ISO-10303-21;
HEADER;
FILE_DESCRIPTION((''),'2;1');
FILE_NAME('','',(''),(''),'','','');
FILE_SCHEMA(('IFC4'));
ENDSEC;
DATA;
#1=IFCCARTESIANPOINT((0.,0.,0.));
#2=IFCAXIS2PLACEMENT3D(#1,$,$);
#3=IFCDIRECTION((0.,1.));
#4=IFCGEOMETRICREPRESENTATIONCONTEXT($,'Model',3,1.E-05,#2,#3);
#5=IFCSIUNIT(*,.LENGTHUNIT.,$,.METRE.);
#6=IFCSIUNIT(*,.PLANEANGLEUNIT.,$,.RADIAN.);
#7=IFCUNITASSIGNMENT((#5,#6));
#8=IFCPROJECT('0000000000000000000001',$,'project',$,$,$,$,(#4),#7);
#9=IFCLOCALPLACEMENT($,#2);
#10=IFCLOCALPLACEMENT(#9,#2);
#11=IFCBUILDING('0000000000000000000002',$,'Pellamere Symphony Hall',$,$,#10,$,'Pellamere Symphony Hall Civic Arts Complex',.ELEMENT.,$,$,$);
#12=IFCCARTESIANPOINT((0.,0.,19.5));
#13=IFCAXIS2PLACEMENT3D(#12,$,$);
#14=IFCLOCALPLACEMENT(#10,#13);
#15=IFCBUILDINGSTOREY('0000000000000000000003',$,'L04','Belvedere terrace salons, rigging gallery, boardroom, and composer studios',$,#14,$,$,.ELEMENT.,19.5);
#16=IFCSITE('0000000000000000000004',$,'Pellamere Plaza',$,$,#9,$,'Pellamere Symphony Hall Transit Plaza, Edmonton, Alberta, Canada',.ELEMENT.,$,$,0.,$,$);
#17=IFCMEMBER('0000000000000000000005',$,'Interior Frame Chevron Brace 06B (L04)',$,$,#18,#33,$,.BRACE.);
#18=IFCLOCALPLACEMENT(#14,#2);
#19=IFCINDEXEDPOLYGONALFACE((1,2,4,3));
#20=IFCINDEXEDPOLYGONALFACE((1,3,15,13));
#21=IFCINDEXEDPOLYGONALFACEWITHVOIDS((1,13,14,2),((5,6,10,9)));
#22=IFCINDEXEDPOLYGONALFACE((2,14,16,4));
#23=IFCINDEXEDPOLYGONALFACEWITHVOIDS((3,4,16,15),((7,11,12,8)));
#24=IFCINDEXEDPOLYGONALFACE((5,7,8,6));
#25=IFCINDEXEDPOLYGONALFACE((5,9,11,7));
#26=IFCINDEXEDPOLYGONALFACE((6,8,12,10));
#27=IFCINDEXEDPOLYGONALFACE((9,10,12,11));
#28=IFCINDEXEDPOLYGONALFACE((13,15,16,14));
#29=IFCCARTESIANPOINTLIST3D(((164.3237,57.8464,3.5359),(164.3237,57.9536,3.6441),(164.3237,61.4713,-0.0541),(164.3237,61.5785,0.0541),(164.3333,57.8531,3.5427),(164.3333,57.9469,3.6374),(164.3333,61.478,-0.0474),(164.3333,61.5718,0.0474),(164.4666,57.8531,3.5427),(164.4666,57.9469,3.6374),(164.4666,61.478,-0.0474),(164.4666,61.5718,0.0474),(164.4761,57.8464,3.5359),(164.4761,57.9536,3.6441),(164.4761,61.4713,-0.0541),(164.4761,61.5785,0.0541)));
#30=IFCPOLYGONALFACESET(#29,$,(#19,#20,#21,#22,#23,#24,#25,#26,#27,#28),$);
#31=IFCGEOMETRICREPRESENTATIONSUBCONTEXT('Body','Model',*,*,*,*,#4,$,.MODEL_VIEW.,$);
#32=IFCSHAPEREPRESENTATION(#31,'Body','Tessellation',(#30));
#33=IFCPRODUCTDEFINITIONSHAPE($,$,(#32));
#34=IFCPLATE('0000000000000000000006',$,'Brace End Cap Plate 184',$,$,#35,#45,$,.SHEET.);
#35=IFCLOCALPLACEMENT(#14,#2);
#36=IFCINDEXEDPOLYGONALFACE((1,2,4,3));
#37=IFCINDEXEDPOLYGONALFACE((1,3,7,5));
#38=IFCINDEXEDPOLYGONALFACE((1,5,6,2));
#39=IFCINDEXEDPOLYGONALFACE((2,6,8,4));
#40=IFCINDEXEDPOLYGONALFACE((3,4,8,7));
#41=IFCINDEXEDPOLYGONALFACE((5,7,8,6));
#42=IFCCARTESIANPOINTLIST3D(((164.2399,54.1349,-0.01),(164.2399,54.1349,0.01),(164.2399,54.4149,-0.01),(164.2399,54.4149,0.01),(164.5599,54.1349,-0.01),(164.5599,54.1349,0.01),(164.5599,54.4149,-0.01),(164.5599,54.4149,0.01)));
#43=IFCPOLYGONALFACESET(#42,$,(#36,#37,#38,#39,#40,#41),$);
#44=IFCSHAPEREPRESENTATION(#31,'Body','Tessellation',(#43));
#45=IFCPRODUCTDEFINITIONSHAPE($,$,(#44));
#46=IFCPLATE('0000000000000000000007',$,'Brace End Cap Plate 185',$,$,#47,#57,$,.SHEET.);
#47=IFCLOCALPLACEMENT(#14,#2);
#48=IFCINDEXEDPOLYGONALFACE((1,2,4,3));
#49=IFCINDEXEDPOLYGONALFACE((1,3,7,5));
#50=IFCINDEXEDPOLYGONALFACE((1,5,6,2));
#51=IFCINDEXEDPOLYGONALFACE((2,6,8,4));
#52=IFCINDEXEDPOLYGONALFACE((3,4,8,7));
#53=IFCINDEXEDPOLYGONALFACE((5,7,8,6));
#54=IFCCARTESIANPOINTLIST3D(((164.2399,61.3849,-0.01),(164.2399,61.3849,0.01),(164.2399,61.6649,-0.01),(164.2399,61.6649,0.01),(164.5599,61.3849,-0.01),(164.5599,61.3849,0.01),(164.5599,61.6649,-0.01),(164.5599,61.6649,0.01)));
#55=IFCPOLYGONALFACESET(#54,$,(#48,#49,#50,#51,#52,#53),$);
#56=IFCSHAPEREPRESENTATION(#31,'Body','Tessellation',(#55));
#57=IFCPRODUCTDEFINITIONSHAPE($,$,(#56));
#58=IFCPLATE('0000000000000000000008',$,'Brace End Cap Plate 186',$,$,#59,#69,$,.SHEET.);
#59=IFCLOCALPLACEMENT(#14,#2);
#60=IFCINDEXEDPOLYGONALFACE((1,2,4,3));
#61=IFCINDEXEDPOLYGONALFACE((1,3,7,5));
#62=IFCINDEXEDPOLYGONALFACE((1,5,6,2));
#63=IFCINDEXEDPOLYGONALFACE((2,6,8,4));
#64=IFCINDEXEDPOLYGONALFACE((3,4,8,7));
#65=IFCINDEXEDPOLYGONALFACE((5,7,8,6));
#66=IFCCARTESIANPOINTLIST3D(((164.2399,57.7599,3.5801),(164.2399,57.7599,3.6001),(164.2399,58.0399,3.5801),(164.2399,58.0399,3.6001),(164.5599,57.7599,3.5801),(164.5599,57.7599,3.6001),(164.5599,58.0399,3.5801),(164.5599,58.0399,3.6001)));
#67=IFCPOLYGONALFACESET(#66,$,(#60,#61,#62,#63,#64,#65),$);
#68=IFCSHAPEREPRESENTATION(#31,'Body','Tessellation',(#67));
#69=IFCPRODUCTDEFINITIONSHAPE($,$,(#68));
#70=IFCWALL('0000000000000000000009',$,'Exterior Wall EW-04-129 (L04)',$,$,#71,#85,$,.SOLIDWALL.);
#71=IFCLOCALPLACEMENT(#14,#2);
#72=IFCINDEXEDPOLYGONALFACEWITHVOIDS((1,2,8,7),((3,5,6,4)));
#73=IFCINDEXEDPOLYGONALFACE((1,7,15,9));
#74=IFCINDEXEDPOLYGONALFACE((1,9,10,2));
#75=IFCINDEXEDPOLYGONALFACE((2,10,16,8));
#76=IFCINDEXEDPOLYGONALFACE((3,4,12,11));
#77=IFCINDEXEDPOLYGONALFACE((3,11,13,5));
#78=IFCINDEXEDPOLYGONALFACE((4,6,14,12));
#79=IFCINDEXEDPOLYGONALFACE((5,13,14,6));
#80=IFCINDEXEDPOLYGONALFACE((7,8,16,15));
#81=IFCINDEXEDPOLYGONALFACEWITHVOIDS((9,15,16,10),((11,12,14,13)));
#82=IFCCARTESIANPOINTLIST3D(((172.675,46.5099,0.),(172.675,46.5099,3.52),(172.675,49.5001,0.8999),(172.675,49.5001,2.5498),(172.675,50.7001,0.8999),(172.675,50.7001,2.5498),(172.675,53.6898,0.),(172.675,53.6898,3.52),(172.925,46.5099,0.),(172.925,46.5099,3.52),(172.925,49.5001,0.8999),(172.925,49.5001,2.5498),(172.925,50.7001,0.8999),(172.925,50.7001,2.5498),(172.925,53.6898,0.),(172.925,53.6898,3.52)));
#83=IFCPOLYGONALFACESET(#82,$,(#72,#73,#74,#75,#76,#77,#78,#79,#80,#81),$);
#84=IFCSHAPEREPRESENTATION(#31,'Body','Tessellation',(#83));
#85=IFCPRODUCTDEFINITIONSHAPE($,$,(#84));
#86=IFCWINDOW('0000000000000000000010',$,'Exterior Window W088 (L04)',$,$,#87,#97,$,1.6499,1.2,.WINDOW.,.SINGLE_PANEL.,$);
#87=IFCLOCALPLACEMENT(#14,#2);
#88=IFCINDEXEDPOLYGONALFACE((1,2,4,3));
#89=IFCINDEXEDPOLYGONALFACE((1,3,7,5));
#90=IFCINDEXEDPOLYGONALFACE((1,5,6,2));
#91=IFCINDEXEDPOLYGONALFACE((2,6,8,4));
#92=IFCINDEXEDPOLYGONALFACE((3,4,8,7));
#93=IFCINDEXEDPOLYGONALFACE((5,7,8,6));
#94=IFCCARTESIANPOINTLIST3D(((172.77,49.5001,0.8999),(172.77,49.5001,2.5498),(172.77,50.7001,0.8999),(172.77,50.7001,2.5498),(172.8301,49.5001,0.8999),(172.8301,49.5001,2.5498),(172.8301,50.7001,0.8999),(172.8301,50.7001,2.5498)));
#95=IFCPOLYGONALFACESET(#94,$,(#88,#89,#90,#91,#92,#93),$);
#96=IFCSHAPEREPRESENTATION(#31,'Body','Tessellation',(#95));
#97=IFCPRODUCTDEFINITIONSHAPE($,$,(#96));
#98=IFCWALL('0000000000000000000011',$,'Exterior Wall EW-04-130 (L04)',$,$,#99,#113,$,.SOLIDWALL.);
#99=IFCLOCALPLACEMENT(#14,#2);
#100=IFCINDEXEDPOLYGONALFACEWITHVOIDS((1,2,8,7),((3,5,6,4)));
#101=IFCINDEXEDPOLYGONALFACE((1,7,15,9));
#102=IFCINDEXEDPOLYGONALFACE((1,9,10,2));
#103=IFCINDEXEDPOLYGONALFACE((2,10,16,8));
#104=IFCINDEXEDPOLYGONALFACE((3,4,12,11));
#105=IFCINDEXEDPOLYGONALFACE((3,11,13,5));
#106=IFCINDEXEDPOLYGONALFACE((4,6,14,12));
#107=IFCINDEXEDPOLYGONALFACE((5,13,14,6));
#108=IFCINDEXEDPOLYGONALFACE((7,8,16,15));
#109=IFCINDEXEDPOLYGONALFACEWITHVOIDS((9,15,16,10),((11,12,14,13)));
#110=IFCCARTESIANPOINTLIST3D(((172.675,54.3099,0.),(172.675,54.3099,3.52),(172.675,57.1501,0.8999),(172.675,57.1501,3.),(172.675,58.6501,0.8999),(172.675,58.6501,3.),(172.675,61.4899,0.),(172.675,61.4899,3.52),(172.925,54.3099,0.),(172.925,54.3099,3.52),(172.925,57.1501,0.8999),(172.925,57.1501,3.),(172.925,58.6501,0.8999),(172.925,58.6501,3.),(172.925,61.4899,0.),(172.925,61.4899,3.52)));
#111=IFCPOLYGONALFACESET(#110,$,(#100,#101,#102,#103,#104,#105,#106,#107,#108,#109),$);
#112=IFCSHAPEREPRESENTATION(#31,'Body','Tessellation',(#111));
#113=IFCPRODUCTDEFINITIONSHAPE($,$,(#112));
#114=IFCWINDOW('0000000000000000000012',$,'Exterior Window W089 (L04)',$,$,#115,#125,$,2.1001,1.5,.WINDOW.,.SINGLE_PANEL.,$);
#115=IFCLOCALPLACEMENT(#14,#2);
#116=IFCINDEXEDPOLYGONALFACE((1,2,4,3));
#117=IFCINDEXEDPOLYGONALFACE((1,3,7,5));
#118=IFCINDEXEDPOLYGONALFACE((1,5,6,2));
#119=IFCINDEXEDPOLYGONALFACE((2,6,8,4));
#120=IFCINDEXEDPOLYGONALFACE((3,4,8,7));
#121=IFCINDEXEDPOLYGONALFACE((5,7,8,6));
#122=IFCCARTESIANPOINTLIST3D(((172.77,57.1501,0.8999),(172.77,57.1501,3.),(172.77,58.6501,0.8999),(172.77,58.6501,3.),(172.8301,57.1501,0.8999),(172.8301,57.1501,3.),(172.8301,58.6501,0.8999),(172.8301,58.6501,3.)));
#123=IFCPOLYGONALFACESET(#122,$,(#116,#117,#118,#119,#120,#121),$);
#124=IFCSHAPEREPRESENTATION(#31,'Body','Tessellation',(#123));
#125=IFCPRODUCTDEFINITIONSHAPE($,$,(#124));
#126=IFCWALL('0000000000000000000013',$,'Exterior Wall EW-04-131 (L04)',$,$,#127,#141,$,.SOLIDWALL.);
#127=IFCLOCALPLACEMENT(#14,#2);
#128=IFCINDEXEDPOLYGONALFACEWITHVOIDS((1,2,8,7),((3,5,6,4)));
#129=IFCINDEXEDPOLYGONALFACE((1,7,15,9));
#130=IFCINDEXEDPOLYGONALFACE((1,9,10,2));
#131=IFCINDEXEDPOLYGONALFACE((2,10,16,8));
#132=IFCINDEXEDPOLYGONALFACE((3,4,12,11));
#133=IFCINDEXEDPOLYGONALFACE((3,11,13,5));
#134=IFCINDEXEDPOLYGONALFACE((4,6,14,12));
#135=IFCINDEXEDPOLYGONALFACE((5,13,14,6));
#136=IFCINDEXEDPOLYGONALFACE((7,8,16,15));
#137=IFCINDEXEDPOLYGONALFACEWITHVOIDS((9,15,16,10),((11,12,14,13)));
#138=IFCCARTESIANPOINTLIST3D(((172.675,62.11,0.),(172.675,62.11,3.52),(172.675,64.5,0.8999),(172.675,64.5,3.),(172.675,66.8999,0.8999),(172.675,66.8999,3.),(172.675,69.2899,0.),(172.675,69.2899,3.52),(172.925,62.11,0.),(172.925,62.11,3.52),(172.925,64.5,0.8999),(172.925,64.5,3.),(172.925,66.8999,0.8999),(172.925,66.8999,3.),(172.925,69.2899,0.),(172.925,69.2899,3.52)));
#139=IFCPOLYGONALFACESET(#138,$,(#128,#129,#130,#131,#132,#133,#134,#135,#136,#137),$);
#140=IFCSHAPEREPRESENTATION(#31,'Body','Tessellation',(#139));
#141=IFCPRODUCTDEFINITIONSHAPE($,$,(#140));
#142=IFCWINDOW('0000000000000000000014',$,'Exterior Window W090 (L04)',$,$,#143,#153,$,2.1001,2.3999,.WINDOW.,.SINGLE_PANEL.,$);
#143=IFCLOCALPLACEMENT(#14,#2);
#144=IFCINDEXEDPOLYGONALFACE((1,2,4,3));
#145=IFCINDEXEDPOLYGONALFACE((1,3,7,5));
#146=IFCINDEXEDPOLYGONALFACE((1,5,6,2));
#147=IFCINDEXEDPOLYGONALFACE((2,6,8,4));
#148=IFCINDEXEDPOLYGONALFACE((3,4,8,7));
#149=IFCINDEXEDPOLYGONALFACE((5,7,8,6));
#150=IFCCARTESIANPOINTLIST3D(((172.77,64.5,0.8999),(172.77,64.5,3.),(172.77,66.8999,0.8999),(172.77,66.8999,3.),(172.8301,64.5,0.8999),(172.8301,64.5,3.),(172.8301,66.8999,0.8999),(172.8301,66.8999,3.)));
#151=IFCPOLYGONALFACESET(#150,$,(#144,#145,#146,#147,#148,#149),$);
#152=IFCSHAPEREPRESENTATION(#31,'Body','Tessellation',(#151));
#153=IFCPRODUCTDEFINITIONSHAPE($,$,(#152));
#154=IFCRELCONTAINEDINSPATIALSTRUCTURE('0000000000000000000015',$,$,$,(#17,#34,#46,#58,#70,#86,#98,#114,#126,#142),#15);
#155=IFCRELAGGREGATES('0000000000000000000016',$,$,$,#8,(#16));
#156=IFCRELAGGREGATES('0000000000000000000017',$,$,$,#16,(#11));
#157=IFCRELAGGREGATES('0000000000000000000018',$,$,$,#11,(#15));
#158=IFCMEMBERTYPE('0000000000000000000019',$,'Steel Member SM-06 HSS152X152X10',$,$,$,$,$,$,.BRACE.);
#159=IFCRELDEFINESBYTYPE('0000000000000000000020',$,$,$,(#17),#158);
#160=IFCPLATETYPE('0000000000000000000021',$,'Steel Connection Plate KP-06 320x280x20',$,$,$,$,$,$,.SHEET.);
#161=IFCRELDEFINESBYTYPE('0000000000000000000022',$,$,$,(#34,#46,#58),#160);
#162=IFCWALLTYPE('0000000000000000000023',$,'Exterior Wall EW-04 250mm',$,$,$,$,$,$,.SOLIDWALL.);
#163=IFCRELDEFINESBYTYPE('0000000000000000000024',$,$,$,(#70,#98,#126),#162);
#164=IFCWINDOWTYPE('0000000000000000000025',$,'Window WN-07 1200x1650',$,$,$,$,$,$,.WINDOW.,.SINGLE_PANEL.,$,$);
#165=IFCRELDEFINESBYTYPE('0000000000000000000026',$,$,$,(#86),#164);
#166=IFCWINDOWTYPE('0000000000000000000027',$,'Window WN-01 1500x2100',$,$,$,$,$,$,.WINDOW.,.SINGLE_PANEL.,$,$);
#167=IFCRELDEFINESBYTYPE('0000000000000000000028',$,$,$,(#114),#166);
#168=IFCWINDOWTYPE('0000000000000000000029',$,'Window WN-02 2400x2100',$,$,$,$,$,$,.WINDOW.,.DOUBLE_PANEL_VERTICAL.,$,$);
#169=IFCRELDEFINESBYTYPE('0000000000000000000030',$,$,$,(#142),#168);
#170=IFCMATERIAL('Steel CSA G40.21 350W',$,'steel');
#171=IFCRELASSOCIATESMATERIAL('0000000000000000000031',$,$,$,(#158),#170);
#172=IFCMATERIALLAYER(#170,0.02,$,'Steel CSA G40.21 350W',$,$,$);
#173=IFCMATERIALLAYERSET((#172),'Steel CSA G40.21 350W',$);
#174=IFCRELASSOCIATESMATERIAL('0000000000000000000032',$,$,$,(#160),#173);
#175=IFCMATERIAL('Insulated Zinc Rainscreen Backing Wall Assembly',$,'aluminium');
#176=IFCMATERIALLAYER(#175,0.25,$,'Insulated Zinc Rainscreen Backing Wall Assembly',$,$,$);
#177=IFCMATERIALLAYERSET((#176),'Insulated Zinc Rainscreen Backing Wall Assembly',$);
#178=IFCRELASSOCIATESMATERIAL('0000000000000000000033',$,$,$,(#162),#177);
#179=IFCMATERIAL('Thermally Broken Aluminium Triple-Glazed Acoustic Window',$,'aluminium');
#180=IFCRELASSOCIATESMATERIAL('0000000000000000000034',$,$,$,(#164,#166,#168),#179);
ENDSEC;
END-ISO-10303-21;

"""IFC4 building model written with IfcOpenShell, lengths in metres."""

from ifc_helpers import new_model, si_unit, direction, frame, frame_2d, origin, origin_2d, place, context, subcontext, project, spatial, rectangle, hollow_rectangle, extrude, material, layer, layer_set, material_profile, profile_set, type_object, element, fill, save


model = new_model("IFC4")

# Units and contexts
model_context = context("Model", 3, precision=1e-05, world=origin(), true_north=direction((0.0, 1.0)))
body_context = subcontext(model_context, "Body", "Model", "MODEL_VIEW")
ifc_project = project(units=[si_unit("LENGTHUNIT", "METRE"), si_unit("PLANEANGLEUNIT", "RADIAN")], contexts=[model_context])

# Site, building, storey
site_placement = place(None, origin())
site = spatial("IfcSite", under=ifc_project, at=site_placement, Name="Pellamere Plaza", LongName="Pellamere Symphony Hall Transit Plaza, Edmonton, Alberta, Canada", CompositionType="ELEMENT", RefElevation=0.0)
building_placement = place(site_placement, origin())
building = spatial("IfcBuilding", under=site, at=building_placement, Name="Pellamere Symphony Hall", LongName="Pellamere Symphony Hall Civic Arts Complex", CompositionType="ELEMENT")
storey_placement = place(building_placement, frame((0.0, 0.0, 19.5)))
storey = spatial("IfcBuildingStorey", under=building, at=storey_placement, Name="L04", Description="Belvedere terrace salons, rigging gallery, boardroom, and composer studios", CompositionType="ELEMENT", Elevation=19.5)

# Shared definitions
ifc_material_1 = material(Name="Steel CSA G40.21 350W", Category="steel")

# Member
ifc_material_profile_1 = material_profile(ifc_material_1, hollow_rectangle(XDim=0.1523, YDim=0.1523, WallThickness=0.0095, at=origin_2d()), Name="HSS152X152X10")
ifc_profile_set_1 = profile_set([ifc_material_profile_1], Name="Steel CSA G40.21 350W")
member_type = type_object("IfcMemberType", Name="Steel Member SM-06 HSS152X152X10", PredefinedType="BRACE", material=ifc_profile_set_1)
for number, where, z_axis, x_axis, name in (
    (1, (164.3999, 61.5249, 0.0), (0.0, -0.71052, 0.703677), (1.0, 0.0, 0.0), "Interior Frame Chevron Brace 06B (L04)"),
):
    element("IfcMember", number, at=place(storey_placement, frame(where, z_axis=z_axis, x_axis=x_axis)), inside=storey, type_object=member_type, Name=name, PredefinedType="BRACE", context=body_context, shape_type="SweptSolid", body=[
        extrude(hollow_rectangle(XDim=0.1523, YDim=0.1523, WallThickness=0.0095, at=origin_2d()), origin(), (0.0, 0.0, 1.0), 5.1018),
    ])

# Plates
ifc_layer_1 = layer(ifc_material_1, 0.02, Name="Steel CSA G40.21 350W")
ifc_layer_set_1 = layer_set([ifc_layer_1], Name="Steel CSA G40.21 350W")
plate_type = type_object("IfcPlateType", Name="Steel Connection Plate KP-06 320x280x20", PredefinedType="SHEET", material=ifc_layer_set_1)
for number, where, z_axis, x_axis, name in (
    (2, (164.3999, 54.2749, -0.01), (0.0, 0.0, 1.0), (1.0, 0.0, 0.0), "Brace End Cap Plate 184"),
    (3, (164.3999, 61.5249, -0.01), (0.0, 0.0, 1.0), (1.0, 0.0, 0.0), "Brace End Cap Plate 185"),
    (4, (164.3999, 57.8999, 3.5801), (0.0, 0.0, 1.0), (1.0, 0.0, 0.0), "Brace End Cap Plate 186"),
):
    element("IfcPlate", number, at=place(storey_placement, frame(where, z_axis=z_axis, x_axis=x_axis)), inside=storey, type_object=plate_type, Name=name, PredefinedType="SHEET", context=body_context, shape_type="SweptSolid", body=[
        extrude(rectangle(XDim=0.3201, YDim=0.28, at=origin_2d()), origin(), (0.0, 0.0, 1.0), 0.02),
    ])

# Walls, openings, windows
ifc_material_2 = material(Name="Insulated Zinc Rainscreen Backing Wall Assembly", Category="aluminium")
ifc_layer_2 = layer(ifc_material_2, 0.25, Name="Insulated Zinc Rainscreen Backing Wall Assembly")
ifc_layer_set_2 = layer_set([ifc_layer_2], Name="Insulated Zinc Rainscreen Backing Wall Assembly")
wall_type = type_object("IfcWallType", Name="Exterior Wall EW-04 250mm", PredefinedType="SOLIDWALL", material=ifc_layer_set_2)
wall_1_placement = place(storey_placement, frame((172.8, 46.51, 0.0), z_axis=(0.0, 0.0, 1.0), x_axis=(0.0, 1.0, 0.0)))
wall_1 = element("IfcWall", 5, at=wall_1_placement, inside=storey, type_object=wall_type, Name="Exterior Wall EW-04-129 (L04)", PredefinedType="SOLIDWALL", context=body_context, shape_type="SweptSolid", body=[
    extrude(rectangle(XDim=7.1799, YDim=0.25, at=frame_2d((3.5898, 0.0))), origin(), (0.0, 0.0, 1.0), 3.52),
])
opening_1_placement = place(wall_1_placement, frame((2.99, 0.0, 0.8999)))
opening_1 = element("IfcOpeningElement", 6, at=opening_1_placement, cuts=wall_1, PredefinedType="OPENING", context=body_context, shape_type="SweptSolid", body=[
    extrude(rectangle(XDim=1.2, YDim=1.6499, at=frame_2d((0.6001, 0.825))), frame((0.0, 0.135, 0.0), z_axis=(0.0, -1.0, 0.0), x_axis=(1.0, 0.0, 0.0)), (0.0, 0.0, 1.0), 0.27),
])
ifc_material_3 = material(Name="Thermally Broken Aluminium Triple-Glazed Acoustic Window", Category="aluminium")
window_type_1 = type_object("IfcWindowType", Name="Window WN-07 1200x1650", PartitioningType="SINGLE_PANEL", PredefinedType="WINDOW", material=ifc_material_3)
window_1_placement = place(opening_1_placement, origin())
window_1 = element("IfcWindow", 7, at=window_1_placement, inside=storey, type_object=window_type_1, Name="Exterior Window W088 (L04)", OverallHeight=1.6499, OverallWidth=1.2, PartitioningType="SINGLE_PANEL", PredefinedType="WINDOW", context=body_context, shape_type="SweptSolid", body=[
    extrude(rectangle(XDim=1.2, YDim=1.6499, at=frame_2d((0.6001, 0.825))), frame((0.0, 0.03, 0.0), z_axis=(0.0, -1.0, 0.0), x_axis=(1.0, 0.0, 0.0)), (0.0, 0.0, 1.0), 0.0601),
])
fill(opening_1, window_1)
wall_2_placement = place(storey_placement, frame((172.8, 54.3101, 0.0), z_axis=(0.0, 0.0, 1.0), x_axis=(0.0, 1.0, 0.0)))
wall_2 = element("IfcWall", 8, at=wall_2_placement, inside=storey, type_object=wall_type, Name="Exterior Wall EW-04-130 (L04)", PredefinedType="SOLIDWALL", context=body_context, shape_type="SweptSolid", body=[
    extrude(rectangle(XDim=7.1799, YDim=0.25, at=frame_2d((3.5898, 0.0))), origin(), (0.0, 0.0, 1.0), 3.52),
])
opening_2_placement = place(wall_2_placement, frame((2.8401, 0.0, 0.8999)))
opening_2 = element("IfcOpeningElement", 9, at=opening_2_placement, cuts=wall_2, PredefinedType="OPENING", context=body_context, shape_type="SweptSolid", body=[
    extrude(rectangle(XDim=1.5, YDim=2.1001, at=frame_2d((0.75, 1.05))), frame((0.0, 0.135, 0.0), z_axis=(0.0, -1.0, 0.0), x_axis=(1.0, 0.0, 0.0)), (0.0, 0.0, 1.0), 0.27),
])
window_type_2 = type_object("IfcWindowType", Name="Window WN-01 1500x2100", PartitioningType="SINGLE_PANEL", PredefinedType="WINDOW", material=ifc_material_3)
window_2_placement = place(opening_2_placement, origin())
window_2 = element("IfcWindow", 10, at=window_2_placement, inside=storey, type_object=window_type_2, Name="Exterior Window W089 (L04)", OverallHeight=2.1001, OverallWidth=1.5, PartitioningType="SINGLE_PANEL", PredefinedType="WINDOW", context=body_context, shape_type="SweptSolid", body=[
    extrude(rectangle(XDim=1.5, YDim=2.1001, at=frame_2d((0.75, 1.05))), frame((0.0, 0.03, 0.0), z_axis=(0.0, -1.0, 0.0), x_axis=(1.0, 0.0, 0.0)), (0.0, 0.0, 1.0), 0.0601),
])
fill(opening_2, window_2)
wall_3_placement = place(storey_placement, frame((172.8, 62.1101, 0.0), z_axis=(0.0, 0.0, 1.0), x_axis=(0.0, 1.0, 0.0)))
wall_3 = element("IfcWall", 11, at=wall_3_placement, inside=storey, type_object=wall_type, Name="Exterior Wall EW-04-131 (L04)", PredefinedType="SOLIDWALL", context=body_context, shape_type="SweptSolid", body=[
    extrude(rectangle(XDim=7.1799, YDim=0.25, at=frame_2d((3.5898, 0.0))), origin(), (0.0, 0.0, 1.0), 3.52),
])
opening_3_placement = place(wall_3_placement, frame((2.3899, 0.0, 0.8999)))
opening_3 = element("IfcOpeningElement", 12, at=opening_3_placement, cuts=wall_3, PredefinedType="OPENING", context=body_context, shape_type="SweptSolid", body=[
    extrude(rectangle(XDim=2.3999, YDim=2.1001, at=frame_2d((1.2, 1.05))), frame((0.0, 0.135, 0.0), z_axis=(0.0, -1.0, 0.0), x_axis=(1.0, 0.0, 0.0)), (0.0, 0.0, 1.0), 0.27),
])
window_type_3 = type_object("IfcWindowType", Name="Window WN-02 2400x2100", PartitioningType="DOUBLE_PANEL_VERTICAL", PredefinedType="WINDOW", material=ifc_material_3)
window_3_placement = place(opening_3_placement, origin())
window_3 = element("IfcWindow", 13, at=window_3_placement, inside=storey, type_object=window_type_3, Name="Exterior Window W090 (L04)", OverallHeight=2.1001, OverallWidth=2.3999, PartitioningType="SINGLE_PANEL", PredefinedType="WINDOW", context=body_context, shape_type="SweptSolid", body=[
    extrude(rectangle(XDim=2.3999, YDim=2.1001, at=frame_2d((1.2, 1.05))), frame((0.0, 0.03, 0.0), z_axis=(0.0, -1.0, 0.0), x_axis=(1.0, 0.0, 0.0)), (0.0, 0.0, 1.0), 0.0601),
])
fill(opening_3, window_3)

save(model, "model.ifc")
